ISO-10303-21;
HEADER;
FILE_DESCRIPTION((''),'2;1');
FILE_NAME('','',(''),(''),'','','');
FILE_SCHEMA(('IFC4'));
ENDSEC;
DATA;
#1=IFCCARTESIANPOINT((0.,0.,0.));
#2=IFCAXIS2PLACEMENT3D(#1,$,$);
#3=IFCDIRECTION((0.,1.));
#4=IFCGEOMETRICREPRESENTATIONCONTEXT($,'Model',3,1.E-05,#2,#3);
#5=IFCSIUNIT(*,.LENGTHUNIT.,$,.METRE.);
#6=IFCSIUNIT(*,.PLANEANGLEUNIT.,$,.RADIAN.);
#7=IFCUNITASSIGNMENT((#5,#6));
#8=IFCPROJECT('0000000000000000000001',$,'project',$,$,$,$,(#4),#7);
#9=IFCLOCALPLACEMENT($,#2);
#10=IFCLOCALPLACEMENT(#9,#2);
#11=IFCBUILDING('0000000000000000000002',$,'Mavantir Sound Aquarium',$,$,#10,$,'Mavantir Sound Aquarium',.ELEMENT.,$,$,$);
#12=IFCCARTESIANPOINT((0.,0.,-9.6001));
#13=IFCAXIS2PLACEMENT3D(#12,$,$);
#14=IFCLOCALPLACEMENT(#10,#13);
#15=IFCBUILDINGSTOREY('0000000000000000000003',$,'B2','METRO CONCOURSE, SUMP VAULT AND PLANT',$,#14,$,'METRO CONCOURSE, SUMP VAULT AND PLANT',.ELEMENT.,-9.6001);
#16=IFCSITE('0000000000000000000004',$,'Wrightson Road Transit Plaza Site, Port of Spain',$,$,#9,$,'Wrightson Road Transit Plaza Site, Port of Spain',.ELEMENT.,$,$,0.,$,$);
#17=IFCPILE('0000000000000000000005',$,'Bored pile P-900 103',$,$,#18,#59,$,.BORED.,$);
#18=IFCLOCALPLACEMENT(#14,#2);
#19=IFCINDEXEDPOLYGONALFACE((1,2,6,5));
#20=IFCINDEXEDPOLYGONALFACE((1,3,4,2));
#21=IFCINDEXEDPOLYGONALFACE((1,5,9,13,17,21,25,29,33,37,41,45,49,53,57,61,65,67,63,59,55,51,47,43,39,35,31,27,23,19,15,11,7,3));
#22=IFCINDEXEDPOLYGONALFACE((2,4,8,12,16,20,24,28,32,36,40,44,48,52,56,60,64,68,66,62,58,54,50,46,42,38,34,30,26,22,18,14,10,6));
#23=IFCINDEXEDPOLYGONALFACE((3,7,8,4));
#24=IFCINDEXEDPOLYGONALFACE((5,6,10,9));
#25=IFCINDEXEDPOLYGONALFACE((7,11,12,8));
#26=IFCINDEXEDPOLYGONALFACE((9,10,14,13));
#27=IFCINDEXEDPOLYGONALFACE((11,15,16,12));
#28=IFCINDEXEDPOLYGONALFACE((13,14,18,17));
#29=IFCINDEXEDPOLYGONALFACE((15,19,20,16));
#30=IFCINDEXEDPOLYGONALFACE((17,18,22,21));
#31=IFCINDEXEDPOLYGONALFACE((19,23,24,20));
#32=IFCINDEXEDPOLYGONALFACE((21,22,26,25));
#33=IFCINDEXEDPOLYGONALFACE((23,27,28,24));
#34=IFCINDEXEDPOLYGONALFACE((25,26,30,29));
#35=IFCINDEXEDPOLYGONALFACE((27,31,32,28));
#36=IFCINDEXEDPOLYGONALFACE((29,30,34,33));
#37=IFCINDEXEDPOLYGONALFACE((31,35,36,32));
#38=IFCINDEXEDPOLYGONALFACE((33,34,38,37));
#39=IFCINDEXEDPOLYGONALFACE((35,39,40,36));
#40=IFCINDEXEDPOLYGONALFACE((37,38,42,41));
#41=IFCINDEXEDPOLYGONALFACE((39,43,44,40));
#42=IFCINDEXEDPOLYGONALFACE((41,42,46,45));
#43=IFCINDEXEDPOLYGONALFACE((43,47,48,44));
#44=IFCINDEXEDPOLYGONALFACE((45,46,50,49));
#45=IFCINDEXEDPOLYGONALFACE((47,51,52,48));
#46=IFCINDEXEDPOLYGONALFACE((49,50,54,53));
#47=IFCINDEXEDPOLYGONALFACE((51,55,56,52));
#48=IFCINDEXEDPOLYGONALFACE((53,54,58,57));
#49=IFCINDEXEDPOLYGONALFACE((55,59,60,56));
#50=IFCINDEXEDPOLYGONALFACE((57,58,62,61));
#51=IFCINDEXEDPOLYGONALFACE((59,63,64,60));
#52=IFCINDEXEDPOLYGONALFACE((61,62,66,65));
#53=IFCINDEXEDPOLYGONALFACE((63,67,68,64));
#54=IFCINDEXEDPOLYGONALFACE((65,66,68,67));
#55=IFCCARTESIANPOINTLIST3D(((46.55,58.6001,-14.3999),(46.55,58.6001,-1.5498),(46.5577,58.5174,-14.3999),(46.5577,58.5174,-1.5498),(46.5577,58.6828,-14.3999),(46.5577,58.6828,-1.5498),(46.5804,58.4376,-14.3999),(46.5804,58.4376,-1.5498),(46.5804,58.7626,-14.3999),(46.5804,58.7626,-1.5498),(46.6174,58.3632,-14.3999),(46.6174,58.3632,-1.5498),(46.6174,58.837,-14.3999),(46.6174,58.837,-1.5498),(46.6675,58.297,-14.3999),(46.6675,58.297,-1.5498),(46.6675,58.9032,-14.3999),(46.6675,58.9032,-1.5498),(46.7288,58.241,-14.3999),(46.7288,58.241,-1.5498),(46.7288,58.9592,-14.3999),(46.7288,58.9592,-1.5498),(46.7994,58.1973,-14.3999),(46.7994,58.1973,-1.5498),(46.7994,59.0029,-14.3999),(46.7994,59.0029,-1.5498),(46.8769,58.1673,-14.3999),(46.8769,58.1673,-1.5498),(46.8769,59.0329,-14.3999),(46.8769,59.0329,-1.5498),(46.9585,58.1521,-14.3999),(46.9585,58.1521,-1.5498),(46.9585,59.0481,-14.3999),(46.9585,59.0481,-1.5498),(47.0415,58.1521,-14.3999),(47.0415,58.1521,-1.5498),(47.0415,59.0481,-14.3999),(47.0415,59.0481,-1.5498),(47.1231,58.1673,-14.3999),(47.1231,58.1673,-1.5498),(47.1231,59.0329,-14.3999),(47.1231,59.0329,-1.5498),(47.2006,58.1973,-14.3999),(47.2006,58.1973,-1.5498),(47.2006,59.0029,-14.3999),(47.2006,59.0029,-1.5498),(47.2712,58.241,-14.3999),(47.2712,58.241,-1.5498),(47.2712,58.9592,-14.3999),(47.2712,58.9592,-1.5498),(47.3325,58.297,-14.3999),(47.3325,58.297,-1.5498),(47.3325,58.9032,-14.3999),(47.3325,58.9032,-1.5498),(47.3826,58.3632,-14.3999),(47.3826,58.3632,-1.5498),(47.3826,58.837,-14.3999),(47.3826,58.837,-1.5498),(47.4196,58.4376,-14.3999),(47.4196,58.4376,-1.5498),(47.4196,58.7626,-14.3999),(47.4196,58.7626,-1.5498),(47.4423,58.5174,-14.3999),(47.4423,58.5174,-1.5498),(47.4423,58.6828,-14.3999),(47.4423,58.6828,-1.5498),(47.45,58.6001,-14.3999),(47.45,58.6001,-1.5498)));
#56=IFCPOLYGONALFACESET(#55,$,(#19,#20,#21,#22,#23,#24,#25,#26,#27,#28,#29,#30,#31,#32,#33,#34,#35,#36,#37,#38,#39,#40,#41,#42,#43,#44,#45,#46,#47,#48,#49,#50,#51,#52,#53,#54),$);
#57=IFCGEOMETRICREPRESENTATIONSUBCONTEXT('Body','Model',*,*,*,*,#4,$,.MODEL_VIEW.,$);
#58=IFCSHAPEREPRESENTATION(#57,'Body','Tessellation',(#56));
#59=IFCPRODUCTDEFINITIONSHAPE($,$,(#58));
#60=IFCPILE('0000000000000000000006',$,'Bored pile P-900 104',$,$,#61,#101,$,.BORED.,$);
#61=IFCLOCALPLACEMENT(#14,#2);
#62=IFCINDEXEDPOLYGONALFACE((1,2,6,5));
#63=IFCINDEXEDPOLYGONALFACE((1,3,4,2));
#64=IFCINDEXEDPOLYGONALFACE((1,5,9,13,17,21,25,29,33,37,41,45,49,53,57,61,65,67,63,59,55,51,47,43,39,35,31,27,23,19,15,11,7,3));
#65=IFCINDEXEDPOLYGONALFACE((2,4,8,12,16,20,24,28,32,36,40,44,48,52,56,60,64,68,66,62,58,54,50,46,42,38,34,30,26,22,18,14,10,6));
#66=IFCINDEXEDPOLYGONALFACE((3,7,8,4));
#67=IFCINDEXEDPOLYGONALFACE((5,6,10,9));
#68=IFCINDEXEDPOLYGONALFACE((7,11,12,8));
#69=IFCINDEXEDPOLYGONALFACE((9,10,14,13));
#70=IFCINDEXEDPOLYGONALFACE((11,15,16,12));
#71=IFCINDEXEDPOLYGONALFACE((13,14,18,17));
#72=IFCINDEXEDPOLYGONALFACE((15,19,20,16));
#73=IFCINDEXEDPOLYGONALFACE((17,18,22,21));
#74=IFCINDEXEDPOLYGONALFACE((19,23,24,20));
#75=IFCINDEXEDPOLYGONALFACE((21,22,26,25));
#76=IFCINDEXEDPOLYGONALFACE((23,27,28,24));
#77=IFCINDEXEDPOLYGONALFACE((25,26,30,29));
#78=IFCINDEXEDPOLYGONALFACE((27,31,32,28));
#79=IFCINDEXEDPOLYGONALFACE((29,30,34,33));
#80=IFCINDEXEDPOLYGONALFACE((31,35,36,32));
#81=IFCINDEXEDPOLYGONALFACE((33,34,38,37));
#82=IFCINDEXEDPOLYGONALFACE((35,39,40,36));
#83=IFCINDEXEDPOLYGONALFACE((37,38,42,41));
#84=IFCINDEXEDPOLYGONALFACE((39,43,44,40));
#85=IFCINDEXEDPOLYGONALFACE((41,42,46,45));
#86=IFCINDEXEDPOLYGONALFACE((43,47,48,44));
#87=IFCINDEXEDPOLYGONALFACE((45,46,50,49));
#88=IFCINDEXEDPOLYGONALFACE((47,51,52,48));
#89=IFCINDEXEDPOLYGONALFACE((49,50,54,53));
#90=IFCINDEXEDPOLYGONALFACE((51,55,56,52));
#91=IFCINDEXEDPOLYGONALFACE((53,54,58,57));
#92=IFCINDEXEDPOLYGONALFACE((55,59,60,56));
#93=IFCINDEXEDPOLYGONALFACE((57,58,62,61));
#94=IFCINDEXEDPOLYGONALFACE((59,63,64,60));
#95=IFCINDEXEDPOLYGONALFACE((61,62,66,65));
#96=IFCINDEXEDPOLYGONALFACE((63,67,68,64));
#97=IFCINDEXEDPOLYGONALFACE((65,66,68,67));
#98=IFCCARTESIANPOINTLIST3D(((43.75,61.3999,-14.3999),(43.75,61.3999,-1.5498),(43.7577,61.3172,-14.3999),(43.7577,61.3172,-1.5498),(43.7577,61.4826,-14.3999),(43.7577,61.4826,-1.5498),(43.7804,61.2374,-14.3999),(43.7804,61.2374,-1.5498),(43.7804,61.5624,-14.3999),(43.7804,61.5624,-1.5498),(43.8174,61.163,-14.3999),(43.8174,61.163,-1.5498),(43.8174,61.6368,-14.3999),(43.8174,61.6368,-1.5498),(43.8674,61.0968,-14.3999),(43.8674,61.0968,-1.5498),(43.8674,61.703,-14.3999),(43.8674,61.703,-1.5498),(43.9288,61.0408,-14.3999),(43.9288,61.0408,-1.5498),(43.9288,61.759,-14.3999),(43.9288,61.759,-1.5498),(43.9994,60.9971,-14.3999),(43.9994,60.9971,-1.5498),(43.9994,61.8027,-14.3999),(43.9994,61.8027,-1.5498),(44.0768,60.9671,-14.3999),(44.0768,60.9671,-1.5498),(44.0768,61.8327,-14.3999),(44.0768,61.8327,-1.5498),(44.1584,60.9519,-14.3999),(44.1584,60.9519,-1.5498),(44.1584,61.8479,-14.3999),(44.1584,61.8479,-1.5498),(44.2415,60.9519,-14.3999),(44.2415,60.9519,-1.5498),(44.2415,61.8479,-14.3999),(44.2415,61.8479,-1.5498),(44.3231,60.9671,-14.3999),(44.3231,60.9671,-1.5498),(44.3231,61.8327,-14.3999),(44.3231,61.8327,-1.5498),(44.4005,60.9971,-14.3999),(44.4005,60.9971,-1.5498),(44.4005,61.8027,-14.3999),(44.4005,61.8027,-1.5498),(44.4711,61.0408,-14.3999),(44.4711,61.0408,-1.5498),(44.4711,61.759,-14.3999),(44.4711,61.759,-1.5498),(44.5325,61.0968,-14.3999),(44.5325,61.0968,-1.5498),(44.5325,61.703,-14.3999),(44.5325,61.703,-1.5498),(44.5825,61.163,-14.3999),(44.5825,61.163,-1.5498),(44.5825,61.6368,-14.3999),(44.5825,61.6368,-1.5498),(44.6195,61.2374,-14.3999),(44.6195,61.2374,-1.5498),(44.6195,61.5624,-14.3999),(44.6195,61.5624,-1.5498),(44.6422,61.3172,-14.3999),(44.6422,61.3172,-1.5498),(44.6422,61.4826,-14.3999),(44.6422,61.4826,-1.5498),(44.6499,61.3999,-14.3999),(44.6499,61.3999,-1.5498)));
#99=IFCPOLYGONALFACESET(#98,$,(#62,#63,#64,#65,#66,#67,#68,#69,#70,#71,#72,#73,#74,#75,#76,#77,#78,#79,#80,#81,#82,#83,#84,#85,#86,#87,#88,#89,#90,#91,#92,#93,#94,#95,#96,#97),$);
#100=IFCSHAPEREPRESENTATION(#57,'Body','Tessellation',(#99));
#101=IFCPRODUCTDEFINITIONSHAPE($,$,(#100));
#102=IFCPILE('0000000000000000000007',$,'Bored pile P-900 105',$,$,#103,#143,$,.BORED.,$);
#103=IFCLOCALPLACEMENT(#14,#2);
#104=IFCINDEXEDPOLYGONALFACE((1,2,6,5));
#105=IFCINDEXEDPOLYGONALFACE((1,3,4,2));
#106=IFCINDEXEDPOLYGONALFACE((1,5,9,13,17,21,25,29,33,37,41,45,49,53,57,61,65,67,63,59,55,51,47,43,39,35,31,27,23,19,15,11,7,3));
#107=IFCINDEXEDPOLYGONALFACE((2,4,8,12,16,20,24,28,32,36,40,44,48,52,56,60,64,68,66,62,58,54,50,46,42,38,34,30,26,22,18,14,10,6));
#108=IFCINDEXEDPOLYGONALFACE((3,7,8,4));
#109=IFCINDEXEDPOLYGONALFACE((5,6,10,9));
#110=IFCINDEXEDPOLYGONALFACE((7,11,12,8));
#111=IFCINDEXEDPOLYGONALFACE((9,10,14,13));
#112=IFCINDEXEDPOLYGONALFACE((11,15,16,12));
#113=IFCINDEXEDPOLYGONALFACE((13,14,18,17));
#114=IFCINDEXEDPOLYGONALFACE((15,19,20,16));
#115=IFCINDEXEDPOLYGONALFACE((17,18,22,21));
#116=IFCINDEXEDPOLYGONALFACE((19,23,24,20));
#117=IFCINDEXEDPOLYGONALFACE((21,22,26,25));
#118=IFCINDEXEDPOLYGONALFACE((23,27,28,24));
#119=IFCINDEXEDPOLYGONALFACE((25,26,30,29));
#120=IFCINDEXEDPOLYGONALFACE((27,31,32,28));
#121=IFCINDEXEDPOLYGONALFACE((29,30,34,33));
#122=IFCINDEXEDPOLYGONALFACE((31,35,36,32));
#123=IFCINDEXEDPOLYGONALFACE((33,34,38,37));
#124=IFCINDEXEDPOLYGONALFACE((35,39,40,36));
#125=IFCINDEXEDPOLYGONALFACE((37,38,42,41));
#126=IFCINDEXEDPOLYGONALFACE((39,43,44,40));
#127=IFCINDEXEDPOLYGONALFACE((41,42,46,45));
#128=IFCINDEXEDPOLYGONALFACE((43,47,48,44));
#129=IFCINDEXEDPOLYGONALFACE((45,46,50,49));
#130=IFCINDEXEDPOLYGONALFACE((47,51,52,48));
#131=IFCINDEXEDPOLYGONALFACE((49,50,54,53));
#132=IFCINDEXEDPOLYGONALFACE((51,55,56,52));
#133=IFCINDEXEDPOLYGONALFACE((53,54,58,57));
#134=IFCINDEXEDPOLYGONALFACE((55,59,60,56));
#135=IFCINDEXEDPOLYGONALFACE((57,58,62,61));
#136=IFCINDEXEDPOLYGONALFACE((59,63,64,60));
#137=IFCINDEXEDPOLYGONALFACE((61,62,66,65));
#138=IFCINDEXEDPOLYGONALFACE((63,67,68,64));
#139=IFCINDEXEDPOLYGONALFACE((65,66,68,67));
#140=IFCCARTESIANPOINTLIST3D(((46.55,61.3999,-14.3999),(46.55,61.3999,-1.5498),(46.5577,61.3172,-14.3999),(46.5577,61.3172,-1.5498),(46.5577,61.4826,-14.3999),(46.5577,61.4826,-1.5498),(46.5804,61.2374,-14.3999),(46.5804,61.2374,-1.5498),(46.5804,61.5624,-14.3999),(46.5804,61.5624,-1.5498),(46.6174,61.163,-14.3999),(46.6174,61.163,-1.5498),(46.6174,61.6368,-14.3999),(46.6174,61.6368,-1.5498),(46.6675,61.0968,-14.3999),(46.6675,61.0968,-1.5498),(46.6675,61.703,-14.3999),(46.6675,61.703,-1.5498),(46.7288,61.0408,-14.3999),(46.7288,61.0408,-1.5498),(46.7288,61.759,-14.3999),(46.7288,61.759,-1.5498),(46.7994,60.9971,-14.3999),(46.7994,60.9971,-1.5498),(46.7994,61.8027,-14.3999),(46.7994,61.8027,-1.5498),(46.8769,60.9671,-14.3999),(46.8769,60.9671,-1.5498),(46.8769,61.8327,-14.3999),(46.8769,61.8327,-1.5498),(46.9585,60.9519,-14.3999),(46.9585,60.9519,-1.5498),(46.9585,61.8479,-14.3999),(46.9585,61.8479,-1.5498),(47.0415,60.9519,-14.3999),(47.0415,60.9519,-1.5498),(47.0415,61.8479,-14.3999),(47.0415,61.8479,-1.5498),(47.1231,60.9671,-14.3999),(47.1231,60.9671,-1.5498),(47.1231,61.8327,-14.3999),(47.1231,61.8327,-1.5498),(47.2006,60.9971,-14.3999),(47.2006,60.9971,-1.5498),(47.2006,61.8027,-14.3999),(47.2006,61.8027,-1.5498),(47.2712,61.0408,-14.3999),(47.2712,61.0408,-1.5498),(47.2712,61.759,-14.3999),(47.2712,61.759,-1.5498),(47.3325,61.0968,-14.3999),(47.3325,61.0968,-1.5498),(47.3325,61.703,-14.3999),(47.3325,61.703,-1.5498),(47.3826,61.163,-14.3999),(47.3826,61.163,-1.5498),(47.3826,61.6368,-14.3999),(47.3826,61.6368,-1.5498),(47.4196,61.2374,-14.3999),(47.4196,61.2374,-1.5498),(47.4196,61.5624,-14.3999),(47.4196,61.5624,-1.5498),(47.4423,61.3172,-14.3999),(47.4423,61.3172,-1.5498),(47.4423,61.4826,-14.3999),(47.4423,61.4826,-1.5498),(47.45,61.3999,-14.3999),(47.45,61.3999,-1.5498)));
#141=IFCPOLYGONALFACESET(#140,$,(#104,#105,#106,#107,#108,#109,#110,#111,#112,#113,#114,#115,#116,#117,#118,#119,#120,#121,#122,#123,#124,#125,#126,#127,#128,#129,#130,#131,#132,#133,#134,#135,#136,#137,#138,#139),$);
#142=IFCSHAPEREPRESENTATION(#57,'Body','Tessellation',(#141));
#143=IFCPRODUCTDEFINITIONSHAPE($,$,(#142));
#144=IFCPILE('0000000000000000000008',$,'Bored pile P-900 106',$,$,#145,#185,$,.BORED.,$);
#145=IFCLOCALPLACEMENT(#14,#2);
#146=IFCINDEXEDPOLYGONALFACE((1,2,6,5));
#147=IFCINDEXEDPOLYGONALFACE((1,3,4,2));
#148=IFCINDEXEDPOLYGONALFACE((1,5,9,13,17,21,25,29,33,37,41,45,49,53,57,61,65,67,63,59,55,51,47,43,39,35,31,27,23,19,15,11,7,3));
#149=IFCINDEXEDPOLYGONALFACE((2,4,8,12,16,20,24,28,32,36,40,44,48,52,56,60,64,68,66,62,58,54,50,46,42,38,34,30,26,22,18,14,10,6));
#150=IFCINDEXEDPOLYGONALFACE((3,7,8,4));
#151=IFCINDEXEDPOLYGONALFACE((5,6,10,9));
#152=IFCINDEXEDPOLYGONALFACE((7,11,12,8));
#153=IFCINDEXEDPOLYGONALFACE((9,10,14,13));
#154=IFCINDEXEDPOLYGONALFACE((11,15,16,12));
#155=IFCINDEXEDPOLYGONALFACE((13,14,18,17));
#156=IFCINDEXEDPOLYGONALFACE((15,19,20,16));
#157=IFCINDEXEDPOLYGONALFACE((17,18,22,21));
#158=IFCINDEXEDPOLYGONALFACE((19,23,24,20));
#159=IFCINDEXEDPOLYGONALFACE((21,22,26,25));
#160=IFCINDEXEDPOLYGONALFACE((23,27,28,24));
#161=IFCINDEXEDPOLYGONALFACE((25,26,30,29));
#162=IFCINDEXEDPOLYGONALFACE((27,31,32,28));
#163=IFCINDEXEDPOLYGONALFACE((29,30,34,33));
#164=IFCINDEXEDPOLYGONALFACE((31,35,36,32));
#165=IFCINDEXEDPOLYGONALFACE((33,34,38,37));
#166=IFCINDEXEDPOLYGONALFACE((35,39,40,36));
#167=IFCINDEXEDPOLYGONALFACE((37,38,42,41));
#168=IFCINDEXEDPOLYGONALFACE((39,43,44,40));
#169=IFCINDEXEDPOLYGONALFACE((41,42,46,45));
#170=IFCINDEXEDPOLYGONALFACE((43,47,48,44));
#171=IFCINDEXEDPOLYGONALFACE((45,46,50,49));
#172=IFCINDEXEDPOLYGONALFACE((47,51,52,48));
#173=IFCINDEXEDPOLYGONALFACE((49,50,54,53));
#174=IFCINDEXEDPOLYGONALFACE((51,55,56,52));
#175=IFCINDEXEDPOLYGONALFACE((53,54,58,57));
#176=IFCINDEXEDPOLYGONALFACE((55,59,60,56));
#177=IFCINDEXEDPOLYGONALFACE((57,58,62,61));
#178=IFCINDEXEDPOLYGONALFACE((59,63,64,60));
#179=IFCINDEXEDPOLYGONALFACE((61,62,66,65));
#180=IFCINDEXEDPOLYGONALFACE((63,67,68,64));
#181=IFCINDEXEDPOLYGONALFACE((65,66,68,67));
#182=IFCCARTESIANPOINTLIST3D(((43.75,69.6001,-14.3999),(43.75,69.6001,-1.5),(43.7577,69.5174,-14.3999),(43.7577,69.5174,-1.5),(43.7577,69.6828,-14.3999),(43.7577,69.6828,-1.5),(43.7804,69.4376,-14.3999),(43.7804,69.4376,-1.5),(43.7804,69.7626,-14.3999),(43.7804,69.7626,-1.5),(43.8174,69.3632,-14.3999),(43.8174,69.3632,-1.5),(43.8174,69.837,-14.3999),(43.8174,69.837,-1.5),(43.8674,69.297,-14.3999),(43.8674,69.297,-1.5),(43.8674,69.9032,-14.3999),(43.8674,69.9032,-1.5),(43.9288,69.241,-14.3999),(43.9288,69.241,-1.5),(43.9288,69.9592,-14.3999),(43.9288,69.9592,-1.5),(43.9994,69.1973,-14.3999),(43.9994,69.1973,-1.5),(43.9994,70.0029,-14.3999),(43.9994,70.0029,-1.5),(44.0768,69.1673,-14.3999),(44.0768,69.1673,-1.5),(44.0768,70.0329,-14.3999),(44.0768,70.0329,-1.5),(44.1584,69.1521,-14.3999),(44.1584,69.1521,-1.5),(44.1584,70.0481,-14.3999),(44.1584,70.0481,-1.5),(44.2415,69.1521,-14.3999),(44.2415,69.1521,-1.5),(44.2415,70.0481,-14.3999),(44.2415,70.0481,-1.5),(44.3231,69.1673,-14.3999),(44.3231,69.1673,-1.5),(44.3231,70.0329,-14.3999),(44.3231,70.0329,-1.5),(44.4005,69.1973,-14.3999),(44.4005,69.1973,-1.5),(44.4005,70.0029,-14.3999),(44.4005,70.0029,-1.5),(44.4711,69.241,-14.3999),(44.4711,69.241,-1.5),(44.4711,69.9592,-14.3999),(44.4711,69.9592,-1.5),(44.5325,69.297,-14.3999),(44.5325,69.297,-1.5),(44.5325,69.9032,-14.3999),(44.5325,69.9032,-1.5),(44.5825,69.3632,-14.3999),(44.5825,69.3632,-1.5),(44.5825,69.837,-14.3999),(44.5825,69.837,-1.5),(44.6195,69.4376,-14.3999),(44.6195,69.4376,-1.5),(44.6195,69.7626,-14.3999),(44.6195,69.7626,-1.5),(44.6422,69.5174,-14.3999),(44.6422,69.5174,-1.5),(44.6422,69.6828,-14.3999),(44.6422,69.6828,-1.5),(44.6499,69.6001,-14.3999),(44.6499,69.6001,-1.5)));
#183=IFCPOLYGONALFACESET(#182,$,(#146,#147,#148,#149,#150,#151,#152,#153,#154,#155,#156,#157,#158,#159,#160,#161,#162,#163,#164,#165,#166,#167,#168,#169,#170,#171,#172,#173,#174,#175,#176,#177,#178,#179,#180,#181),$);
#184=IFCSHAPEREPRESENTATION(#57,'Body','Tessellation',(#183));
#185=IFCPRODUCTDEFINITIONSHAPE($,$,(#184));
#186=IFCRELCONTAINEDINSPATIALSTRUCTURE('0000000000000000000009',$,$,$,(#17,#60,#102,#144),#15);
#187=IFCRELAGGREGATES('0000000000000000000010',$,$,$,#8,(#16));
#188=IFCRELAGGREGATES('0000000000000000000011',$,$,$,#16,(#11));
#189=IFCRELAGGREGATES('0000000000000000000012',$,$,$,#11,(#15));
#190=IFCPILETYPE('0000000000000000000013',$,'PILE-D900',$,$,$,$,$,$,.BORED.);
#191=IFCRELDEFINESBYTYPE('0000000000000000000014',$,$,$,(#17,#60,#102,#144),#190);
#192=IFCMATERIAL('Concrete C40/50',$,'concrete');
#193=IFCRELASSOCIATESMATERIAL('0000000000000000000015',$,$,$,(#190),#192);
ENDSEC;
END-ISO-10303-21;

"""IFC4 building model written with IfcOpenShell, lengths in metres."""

from ifc_helpers import new_model, si_unit, direction, frame, origin, origin_2d, place, context, subcontext, project, spatial, circle, extrude, material, material_profile, profile_set, type_object, element, save


model = new_model("IFC4")

# Units and contexts
model_context = context("Model", 3, precision=1e-05, world=origin(), true_north=direction((0.0, 1.0)))
body_context = subcontext(model_context, "Body", "Model", "MODEL_VIEW")
ifc_project = project(units=[si_unit("LENGTHUNIT", "METRE"), si_unit("PLANEANGLEUNIT", "RADIAN")], contexts=[model_context])

# Site, building, storey
site_placement = place(None, origin())
site = spatial("IfcSite", under=ifc_project, at=site_placement, Name="Wrightson Road Transit Plaza Site, Port of Spain", LongName="Wrightson Road Transit Plaza Site, Port of Spain", CompositionType="ELEMENT", RefElevation=0.0)
building_placement = place(site_placement, origin())
building = spatial("IfcBuilding", under=site, at=building_placement, Name="Mavantir Sound Aquarium", LongName="Mavantir Sound Aquarium", CompositionType="ELEMENT")
storey_placement = place(building_placement, frame((0.0, 0.0, -9.6001)))
storey = spatial("IfcBuildingStorey", under=building, at=storey_placement, Name="B2", Description="METRO CONCOURSE, SUMP VAULT AND PLANT", LongName="METRO CONCOURSE, SUMP VAULT AND PLANT", CompositionType="ELEMENT", Elevation=-9.6001)

# Shared definitions
ifc_material_1 = material(Name="Concrete C40/50", Category="concrete")

# Piles
ifc_material_profile_1 = material_profile(ifc_material_1, circle(Radius=0.45, at=origin_2d()), Name="PILE D900")
ifc_profile_set_1 = profile_set([ifc_material_profile_1], Name="Concrete C40/50")
pile_type = type_object("IfcPileType", Name="PILE-D900", PredefinedType="BORED", material=ifc_profile_set_1)
for number, where, z_axis, x_axis, name in (
    (1, (47.0, 58.6001, -1.5498), (0.0, 0.0, -1.0), (1.0, 0.0, 0.0), "Bored pile P-900 103"),
    (2, (44.2, 61.3999, -1.5498), (0.0, 0.0, -1.0), (1.0, 0.0, 0.0), "Bored pile P-900 104"),
    (3, (47.0, 61.3999, -1.5498), (0.0, 0.0, -1.0), (1.0, 0.0, 0.0), "Bored pile P-900 105"),
):
    element("IfcPile", number, at=place(storey_placement, frame(where, z_axis=z_axis, x_axis=x_axis)), inside=storey, type_object=pile_type, Name=name, PredefinedType="BORED", context=body_context, shape_type="SweptSolid", body=[
        extrude(circle(Radius=0.45, at=origin_2d()), origin(), (0.0, 0.0, 1.0), 12.8501),
    ])
for number, where, z_axis, x_axis, name in (
    (4, (44.2, 69.6001, -1.5), (0.0, 0.0, -1.0), (1.0, 0.0, 0.0), "Bored pile P-900 106"),
):
    element("IfcPile", number, at=place(storey_placement, frame(where, z_axis=z_axis, x_axis=x_axis)), inside=storey, type_object=pile_type, Name=name, PredefinedType="BORED", context=body_context, shape_type="SweptSolid", body=[
        extrude(circle(Radius=0.45, at=origin_2d()), origin(), (0.0, 0.0, 1.0), 12.8999),
    ])

save(model, "model.ifc")
